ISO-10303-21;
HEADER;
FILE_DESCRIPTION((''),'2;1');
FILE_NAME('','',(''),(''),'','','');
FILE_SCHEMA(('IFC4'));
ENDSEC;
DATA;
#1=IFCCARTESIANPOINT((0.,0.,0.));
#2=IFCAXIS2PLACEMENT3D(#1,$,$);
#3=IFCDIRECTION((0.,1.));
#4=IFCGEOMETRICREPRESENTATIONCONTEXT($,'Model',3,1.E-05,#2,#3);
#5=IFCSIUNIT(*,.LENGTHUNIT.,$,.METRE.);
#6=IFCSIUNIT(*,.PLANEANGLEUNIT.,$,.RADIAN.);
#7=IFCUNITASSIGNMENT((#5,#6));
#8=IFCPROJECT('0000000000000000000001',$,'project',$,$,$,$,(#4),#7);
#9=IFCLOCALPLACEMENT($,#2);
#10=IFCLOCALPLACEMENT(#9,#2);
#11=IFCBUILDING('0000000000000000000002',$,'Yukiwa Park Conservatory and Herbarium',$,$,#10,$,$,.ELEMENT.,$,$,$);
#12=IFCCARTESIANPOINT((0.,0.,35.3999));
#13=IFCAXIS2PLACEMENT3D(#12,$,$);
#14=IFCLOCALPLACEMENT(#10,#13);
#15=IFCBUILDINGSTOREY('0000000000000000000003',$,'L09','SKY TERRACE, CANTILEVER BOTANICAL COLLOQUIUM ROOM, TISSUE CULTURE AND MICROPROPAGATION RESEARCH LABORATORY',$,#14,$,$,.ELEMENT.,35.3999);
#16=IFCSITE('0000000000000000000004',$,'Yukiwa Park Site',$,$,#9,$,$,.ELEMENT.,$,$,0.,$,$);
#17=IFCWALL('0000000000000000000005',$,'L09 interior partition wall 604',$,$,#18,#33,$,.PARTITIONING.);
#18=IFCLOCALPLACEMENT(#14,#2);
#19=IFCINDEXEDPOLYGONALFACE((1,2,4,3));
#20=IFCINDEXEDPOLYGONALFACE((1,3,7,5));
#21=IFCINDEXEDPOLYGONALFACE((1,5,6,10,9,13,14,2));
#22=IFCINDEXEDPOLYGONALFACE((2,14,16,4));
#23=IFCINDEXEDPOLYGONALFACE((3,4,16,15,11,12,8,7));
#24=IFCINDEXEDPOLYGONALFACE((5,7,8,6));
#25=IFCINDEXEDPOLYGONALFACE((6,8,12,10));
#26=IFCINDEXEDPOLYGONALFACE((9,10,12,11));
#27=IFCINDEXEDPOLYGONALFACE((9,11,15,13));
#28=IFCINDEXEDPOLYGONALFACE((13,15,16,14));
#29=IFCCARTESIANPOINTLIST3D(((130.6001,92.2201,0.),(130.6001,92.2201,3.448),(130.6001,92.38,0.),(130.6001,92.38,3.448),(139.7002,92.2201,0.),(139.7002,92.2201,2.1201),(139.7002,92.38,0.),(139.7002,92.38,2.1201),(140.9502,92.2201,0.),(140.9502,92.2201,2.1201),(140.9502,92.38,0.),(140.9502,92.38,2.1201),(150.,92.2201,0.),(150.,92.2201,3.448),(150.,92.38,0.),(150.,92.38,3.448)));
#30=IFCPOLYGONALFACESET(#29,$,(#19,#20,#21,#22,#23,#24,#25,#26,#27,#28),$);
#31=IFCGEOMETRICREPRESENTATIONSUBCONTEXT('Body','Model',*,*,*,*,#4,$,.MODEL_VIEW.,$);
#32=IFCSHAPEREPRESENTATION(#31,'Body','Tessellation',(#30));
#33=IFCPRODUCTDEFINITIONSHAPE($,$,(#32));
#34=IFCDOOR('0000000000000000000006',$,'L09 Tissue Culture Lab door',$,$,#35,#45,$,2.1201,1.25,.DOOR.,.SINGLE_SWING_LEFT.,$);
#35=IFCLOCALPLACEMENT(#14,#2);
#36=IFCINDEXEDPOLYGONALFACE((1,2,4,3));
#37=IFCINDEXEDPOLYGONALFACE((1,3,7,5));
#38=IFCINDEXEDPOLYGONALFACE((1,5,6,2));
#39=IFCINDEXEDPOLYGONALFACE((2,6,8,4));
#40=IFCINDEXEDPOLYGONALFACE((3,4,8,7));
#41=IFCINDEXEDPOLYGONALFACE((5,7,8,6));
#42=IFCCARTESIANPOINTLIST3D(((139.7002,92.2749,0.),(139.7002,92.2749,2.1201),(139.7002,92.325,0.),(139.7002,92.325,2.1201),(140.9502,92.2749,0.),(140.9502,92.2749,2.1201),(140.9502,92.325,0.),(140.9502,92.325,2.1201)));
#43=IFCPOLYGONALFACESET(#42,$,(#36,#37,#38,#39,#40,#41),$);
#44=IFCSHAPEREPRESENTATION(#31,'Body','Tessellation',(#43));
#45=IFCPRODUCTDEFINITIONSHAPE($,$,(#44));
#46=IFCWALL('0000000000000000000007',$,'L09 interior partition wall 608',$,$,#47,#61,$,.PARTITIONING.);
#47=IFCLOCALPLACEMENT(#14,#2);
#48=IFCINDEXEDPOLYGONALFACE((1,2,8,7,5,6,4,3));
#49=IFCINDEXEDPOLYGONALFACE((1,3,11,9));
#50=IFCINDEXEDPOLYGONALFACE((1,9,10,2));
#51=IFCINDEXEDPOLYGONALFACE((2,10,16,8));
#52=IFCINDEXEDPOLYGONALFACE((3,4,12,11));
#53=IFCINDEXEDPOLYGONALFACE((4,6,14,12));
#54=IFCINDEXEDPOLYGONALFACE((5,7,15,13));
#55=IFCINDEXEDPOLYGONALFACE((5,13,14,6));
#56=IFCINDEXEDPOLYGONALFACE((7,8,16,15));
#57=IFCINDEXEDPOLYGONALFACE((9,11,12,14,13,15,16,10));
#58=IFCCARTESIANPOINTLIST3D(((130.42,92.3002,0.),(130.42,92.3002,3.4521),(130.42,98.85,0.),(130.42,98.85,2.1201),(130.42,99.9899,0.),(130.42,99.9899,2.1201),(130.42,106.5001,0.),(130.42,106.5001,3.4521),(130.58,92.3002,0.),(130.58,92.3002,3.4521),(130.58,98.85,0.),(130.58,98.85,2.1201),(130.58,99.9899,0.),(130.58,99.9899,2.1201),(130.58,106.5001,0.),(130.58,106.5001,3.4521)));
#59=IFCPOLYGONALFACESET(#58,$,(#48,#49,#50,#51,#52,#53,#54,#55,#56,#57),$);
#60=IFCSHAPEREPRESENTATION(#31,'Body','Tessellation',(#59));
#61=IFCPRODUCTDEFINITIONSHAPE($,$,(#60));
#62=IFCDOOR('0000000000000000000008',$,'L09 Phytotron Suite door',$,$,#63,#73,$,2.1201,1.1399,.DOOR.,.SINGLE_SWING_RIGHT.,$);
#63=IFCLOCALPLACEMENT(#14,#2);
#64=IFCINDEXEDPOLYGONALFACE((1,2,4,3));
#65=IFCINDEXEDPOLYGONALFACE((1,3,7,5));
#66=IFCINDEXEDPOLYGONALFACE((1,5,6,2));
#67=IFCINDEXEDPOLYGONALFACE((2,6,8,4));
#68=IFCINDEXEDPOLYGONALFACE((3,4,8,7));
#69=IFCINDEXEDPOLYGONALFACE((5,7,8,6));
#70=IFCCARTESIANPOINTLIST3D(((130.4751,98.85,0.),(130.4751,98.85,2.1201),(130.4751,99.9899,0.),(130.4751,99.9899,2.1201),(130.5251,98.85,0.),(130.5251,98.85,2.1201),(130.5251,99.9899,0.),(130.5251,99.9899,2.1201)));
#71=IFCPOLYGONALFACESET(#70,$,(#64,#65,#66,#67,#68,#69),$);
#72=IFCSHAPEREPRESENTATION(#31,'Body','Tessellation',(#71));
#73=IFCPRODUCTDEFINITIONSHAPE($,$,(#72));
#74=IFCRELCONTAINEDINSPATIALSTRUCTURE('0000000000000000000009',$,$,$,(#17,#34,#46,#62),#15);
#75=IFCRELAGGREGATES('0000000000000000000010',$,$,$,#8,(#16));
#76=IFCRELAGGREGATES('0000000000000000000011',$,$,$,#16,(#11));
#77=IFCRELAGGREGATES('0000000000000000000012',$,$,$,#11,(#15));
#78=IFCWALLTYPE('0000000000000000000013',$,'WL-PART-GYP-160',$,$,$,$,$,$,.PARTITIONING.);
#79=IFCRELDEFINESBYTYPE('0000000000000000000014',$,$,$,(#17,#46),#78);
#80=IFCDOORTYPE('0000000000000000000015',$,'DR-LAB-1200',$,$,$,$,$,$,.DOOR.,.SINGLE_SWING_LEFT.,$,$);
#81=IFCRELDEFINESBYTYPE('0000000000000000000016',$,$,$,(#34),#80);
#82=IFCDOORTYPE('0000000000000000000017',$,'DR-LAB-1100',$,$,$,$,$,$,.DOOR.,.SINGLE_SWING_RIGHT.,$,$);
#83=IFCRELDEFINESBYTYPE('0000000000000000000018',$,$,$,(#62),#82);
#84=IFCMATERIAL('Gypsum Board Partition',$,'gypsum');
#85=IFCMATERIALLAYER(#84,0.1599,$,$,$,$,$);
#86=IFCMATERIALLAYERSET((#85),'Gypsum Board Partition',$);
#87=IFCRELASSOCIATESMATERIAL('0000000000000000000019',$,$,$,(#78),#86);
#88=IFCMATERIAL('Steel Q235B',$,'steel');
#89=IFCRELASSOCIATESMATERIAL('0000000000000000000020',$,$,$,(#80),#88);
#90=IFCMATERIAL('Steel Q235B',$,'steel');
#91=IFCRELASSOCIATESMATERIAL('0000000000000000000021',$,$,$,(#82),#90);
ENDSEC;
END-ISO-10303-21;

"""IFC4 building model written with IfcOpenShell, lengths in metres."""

from ifc_helpers import new_model, si_unit, direction, frame, frame_2d, origin, place, context, subcontext, project, spatial, rectangle, extrude, material, layer, layer_set, type_object, element, fill, save


model = new_model("IFC4")

# Units and contexts
model_context = context("Model", 3, precision=1e-05, world=origin(), true_north=direction((0.0, 1.0)))
body_context = subcontext(model_context, "Body", "Model", "MODEL_VIEW")
ifc_project = project(units=[si_unit("LENGTHUNIT", "METRE"), si_unit("PLANEANGLEUNIT", "RADIAN")], contexts=[model_context])

# Site, building, storey
site_placement = place(None, origin())
site = spatial("IfcSite", under=ifc_project, at=site_placement, Name="Yukiwa Park Site", CompositionType="ELEMENT", RefElevation=0.0)
building_placement = place(site_placement, origin())
building = spatial("IfcBuilding", under=site, at=building_placement, Name="Yukiwa Park Conservatory and Herbarium", CompositionType="ELEMENT")
storey_placement = place(building_placement, frame((0.0, 0.0, 35.3999)))
storey = spatial("IfcBuildingStorey", under=building, at=storey_placement, Name="L09", Description="SKY TERRACE, CANTILEVER BOTANICAL COLLOQUIUM ROOM, TISSUE CULTURE AND MICROPROPAGATION RESEARCH LABORATORY", CompositionType="ELEMENT", Elevation=35.3999)

# Walls, openings, doors
ifc_material_1 = material(Name="Gypsum Board Partition", Category="gypsum")
ifc_layer_1 = layer(ifc_material_1, 0.1599)
ifc_layer_set_1 = layer_set([ifc_layer_1], Name="Gypsum Board Partition")
wall_type_1 = type_object("IfcWallType", Name="WL-PART-GYP-160", PredefinedType="PARTITIONING", material=ifc_layer_set_1)
wall_1_placement = place(storey_placement, frame((130.6001, 92.3, 0.0), z_axis=(0.0, 0.0, 1.0), x_axis=(1.0, 0.0, 0.0)))
wall_1 = element("IfcWall", 1, at=wall_1_placement, inside=storey, type_object=wall_type_1, Name="L09 interior partition wall 604", PredefinedType="PARTITIONING", context=body_context, shape_type="SweptSolid", body=[
    extrude(rectangle(XDim=19.3999, YDim=0.1599, at=frame_2d((9.7, 0.0))), origin(), (0.0, 0.0, 1.0), 3.448),
])
opening_1_placement = place(wall_1_placement, frame((9.1001, 0.0, 0.0)))
opening_1 = element("IfcOpeningElement", 2, at=opening_1_placement, cuts=wall_1, PredefinedType="OPENING", context=body_context, shape_type="SweptSolid", body=[
    extrude(rectangle(XDim=1.25, YDim=2.1201, at=frame_2d((0.625, 1.0601))), frame((0.0, 0.0898, 0.0), z_axis=(0.0, -1.0, 0.0), x_axis=(1.0, 0.0, 0.0)), (0.0, 0.0, 1.0), 0.1799),
])
ifc_material_2 = material(Name="Steel Q235B", Category="steel")
door_type_1 = type_object("IfcDoorType", Name="DR-LAB-1200", OperationType="SINGLE_SWING_LEFT", PredefinedType="DOOR", material=ifc_material_2)
door_1_placement = place(opening_1_placement, origin())
door_1 = element("IfcDoor", 3, at=door_1_placement, inside=storey, type_object=door_type_1, Name="L09 Tissue Culture Lab door", OperationType="SINGLE_SWING_LEFT", OverallHeight=2.1201, OverallWidth=1.25, PredefinedType="DOOR", context=body_context, shape_type="SweptSolid", body=[
    extrude(rectangle(XDim=1.25, YDim=2.1201, at=frame_2d((0.625, 1.0601))), frame((0.0, 0.0249, 0.0), z_axis=(0.0, -1.0, 0.0), x_axis=(1.0, 0.0, 0.0)), (0.0, 0.0, 1.0), 0.05),
])
fill(opening_1, door_1)
wall_2_placement = place(storey_placement, frame((130.5, 92.3, 0.0), z_axis=(0.0, 0.0, 1.0), x_axis=(0.0, 1.0, 0.0)))
wall_2 = element("IfcWall", 4, at=wall_2_placement, inside=storey, type_object=wall_type_1, Name="L09 interior partition wall 608", PredefinedType="PARTITIONING", context=body_context, shape_type="SweptSolid", body=[
    extrude(rectangle(XDim=14.2, YDim=0.1599, at=frame_2d((7.1001, 0.0))), origin(), (0.0, 0.0, 1.0), 3.4521),
])
opening_2_placement = place(wall_2_placement, frame((6.55, 0.0, 0.0)))
opening_2 = element("IfcOpeningElement", 5, at=opening_2_placement, cuts=wall_2, PredefinedType="OPENING", context=body_context, shape_type="SweptSolid", body=[
    extrude(rectangle(XDim=1.1399, YDim=2.1201, at=frame_2d((0.5698, 1.0601))), frame((0.0, 0.0898, 0.0), z_axis=(0.0, -1.0, 0.0), x_axis=(1.0, 0.0, 0.0)), (0.0, 0.0, 1.0), 0.1799),
])
ifc_material_3 = material(Name="Steel Q235B", Category="steel")
door_type_2 = type_object("IfcDoorType", Name="DR-LAB-1100", OperationType="SINGLE_SWING_RIGHT", PredefinedType="DOOR", material=ifc_material_3)
door_2_placement = place(opening_2_placement, origin())
door_2 = element("IfcDoor", 6, at=door_2_placement, inside=storey, type_object=door_type_2, Name="L09 Phytotron Suite door", OperationType="SINGLE_SWING_RIGHT", OverallHeight=2.1201, OverallWidth=1.1399, PredefinedType="DOOR", context=body_context, shape_type="SweptSolid", body=[
    extrude(rectangle(XDim=1.1399, YDim=2.1201, at=frame_2d((0.5698, 1.0601))), frame((0.0, 0.0249, 0.0), z_axis=(0.0, -1.0, 0.0), x_axis=(1.0, 0.0, 0.0)), (0.0, 0.0, 1.0), 0.05),
])
fill(opening_2, door_2)

save(model, "model.ifc")
